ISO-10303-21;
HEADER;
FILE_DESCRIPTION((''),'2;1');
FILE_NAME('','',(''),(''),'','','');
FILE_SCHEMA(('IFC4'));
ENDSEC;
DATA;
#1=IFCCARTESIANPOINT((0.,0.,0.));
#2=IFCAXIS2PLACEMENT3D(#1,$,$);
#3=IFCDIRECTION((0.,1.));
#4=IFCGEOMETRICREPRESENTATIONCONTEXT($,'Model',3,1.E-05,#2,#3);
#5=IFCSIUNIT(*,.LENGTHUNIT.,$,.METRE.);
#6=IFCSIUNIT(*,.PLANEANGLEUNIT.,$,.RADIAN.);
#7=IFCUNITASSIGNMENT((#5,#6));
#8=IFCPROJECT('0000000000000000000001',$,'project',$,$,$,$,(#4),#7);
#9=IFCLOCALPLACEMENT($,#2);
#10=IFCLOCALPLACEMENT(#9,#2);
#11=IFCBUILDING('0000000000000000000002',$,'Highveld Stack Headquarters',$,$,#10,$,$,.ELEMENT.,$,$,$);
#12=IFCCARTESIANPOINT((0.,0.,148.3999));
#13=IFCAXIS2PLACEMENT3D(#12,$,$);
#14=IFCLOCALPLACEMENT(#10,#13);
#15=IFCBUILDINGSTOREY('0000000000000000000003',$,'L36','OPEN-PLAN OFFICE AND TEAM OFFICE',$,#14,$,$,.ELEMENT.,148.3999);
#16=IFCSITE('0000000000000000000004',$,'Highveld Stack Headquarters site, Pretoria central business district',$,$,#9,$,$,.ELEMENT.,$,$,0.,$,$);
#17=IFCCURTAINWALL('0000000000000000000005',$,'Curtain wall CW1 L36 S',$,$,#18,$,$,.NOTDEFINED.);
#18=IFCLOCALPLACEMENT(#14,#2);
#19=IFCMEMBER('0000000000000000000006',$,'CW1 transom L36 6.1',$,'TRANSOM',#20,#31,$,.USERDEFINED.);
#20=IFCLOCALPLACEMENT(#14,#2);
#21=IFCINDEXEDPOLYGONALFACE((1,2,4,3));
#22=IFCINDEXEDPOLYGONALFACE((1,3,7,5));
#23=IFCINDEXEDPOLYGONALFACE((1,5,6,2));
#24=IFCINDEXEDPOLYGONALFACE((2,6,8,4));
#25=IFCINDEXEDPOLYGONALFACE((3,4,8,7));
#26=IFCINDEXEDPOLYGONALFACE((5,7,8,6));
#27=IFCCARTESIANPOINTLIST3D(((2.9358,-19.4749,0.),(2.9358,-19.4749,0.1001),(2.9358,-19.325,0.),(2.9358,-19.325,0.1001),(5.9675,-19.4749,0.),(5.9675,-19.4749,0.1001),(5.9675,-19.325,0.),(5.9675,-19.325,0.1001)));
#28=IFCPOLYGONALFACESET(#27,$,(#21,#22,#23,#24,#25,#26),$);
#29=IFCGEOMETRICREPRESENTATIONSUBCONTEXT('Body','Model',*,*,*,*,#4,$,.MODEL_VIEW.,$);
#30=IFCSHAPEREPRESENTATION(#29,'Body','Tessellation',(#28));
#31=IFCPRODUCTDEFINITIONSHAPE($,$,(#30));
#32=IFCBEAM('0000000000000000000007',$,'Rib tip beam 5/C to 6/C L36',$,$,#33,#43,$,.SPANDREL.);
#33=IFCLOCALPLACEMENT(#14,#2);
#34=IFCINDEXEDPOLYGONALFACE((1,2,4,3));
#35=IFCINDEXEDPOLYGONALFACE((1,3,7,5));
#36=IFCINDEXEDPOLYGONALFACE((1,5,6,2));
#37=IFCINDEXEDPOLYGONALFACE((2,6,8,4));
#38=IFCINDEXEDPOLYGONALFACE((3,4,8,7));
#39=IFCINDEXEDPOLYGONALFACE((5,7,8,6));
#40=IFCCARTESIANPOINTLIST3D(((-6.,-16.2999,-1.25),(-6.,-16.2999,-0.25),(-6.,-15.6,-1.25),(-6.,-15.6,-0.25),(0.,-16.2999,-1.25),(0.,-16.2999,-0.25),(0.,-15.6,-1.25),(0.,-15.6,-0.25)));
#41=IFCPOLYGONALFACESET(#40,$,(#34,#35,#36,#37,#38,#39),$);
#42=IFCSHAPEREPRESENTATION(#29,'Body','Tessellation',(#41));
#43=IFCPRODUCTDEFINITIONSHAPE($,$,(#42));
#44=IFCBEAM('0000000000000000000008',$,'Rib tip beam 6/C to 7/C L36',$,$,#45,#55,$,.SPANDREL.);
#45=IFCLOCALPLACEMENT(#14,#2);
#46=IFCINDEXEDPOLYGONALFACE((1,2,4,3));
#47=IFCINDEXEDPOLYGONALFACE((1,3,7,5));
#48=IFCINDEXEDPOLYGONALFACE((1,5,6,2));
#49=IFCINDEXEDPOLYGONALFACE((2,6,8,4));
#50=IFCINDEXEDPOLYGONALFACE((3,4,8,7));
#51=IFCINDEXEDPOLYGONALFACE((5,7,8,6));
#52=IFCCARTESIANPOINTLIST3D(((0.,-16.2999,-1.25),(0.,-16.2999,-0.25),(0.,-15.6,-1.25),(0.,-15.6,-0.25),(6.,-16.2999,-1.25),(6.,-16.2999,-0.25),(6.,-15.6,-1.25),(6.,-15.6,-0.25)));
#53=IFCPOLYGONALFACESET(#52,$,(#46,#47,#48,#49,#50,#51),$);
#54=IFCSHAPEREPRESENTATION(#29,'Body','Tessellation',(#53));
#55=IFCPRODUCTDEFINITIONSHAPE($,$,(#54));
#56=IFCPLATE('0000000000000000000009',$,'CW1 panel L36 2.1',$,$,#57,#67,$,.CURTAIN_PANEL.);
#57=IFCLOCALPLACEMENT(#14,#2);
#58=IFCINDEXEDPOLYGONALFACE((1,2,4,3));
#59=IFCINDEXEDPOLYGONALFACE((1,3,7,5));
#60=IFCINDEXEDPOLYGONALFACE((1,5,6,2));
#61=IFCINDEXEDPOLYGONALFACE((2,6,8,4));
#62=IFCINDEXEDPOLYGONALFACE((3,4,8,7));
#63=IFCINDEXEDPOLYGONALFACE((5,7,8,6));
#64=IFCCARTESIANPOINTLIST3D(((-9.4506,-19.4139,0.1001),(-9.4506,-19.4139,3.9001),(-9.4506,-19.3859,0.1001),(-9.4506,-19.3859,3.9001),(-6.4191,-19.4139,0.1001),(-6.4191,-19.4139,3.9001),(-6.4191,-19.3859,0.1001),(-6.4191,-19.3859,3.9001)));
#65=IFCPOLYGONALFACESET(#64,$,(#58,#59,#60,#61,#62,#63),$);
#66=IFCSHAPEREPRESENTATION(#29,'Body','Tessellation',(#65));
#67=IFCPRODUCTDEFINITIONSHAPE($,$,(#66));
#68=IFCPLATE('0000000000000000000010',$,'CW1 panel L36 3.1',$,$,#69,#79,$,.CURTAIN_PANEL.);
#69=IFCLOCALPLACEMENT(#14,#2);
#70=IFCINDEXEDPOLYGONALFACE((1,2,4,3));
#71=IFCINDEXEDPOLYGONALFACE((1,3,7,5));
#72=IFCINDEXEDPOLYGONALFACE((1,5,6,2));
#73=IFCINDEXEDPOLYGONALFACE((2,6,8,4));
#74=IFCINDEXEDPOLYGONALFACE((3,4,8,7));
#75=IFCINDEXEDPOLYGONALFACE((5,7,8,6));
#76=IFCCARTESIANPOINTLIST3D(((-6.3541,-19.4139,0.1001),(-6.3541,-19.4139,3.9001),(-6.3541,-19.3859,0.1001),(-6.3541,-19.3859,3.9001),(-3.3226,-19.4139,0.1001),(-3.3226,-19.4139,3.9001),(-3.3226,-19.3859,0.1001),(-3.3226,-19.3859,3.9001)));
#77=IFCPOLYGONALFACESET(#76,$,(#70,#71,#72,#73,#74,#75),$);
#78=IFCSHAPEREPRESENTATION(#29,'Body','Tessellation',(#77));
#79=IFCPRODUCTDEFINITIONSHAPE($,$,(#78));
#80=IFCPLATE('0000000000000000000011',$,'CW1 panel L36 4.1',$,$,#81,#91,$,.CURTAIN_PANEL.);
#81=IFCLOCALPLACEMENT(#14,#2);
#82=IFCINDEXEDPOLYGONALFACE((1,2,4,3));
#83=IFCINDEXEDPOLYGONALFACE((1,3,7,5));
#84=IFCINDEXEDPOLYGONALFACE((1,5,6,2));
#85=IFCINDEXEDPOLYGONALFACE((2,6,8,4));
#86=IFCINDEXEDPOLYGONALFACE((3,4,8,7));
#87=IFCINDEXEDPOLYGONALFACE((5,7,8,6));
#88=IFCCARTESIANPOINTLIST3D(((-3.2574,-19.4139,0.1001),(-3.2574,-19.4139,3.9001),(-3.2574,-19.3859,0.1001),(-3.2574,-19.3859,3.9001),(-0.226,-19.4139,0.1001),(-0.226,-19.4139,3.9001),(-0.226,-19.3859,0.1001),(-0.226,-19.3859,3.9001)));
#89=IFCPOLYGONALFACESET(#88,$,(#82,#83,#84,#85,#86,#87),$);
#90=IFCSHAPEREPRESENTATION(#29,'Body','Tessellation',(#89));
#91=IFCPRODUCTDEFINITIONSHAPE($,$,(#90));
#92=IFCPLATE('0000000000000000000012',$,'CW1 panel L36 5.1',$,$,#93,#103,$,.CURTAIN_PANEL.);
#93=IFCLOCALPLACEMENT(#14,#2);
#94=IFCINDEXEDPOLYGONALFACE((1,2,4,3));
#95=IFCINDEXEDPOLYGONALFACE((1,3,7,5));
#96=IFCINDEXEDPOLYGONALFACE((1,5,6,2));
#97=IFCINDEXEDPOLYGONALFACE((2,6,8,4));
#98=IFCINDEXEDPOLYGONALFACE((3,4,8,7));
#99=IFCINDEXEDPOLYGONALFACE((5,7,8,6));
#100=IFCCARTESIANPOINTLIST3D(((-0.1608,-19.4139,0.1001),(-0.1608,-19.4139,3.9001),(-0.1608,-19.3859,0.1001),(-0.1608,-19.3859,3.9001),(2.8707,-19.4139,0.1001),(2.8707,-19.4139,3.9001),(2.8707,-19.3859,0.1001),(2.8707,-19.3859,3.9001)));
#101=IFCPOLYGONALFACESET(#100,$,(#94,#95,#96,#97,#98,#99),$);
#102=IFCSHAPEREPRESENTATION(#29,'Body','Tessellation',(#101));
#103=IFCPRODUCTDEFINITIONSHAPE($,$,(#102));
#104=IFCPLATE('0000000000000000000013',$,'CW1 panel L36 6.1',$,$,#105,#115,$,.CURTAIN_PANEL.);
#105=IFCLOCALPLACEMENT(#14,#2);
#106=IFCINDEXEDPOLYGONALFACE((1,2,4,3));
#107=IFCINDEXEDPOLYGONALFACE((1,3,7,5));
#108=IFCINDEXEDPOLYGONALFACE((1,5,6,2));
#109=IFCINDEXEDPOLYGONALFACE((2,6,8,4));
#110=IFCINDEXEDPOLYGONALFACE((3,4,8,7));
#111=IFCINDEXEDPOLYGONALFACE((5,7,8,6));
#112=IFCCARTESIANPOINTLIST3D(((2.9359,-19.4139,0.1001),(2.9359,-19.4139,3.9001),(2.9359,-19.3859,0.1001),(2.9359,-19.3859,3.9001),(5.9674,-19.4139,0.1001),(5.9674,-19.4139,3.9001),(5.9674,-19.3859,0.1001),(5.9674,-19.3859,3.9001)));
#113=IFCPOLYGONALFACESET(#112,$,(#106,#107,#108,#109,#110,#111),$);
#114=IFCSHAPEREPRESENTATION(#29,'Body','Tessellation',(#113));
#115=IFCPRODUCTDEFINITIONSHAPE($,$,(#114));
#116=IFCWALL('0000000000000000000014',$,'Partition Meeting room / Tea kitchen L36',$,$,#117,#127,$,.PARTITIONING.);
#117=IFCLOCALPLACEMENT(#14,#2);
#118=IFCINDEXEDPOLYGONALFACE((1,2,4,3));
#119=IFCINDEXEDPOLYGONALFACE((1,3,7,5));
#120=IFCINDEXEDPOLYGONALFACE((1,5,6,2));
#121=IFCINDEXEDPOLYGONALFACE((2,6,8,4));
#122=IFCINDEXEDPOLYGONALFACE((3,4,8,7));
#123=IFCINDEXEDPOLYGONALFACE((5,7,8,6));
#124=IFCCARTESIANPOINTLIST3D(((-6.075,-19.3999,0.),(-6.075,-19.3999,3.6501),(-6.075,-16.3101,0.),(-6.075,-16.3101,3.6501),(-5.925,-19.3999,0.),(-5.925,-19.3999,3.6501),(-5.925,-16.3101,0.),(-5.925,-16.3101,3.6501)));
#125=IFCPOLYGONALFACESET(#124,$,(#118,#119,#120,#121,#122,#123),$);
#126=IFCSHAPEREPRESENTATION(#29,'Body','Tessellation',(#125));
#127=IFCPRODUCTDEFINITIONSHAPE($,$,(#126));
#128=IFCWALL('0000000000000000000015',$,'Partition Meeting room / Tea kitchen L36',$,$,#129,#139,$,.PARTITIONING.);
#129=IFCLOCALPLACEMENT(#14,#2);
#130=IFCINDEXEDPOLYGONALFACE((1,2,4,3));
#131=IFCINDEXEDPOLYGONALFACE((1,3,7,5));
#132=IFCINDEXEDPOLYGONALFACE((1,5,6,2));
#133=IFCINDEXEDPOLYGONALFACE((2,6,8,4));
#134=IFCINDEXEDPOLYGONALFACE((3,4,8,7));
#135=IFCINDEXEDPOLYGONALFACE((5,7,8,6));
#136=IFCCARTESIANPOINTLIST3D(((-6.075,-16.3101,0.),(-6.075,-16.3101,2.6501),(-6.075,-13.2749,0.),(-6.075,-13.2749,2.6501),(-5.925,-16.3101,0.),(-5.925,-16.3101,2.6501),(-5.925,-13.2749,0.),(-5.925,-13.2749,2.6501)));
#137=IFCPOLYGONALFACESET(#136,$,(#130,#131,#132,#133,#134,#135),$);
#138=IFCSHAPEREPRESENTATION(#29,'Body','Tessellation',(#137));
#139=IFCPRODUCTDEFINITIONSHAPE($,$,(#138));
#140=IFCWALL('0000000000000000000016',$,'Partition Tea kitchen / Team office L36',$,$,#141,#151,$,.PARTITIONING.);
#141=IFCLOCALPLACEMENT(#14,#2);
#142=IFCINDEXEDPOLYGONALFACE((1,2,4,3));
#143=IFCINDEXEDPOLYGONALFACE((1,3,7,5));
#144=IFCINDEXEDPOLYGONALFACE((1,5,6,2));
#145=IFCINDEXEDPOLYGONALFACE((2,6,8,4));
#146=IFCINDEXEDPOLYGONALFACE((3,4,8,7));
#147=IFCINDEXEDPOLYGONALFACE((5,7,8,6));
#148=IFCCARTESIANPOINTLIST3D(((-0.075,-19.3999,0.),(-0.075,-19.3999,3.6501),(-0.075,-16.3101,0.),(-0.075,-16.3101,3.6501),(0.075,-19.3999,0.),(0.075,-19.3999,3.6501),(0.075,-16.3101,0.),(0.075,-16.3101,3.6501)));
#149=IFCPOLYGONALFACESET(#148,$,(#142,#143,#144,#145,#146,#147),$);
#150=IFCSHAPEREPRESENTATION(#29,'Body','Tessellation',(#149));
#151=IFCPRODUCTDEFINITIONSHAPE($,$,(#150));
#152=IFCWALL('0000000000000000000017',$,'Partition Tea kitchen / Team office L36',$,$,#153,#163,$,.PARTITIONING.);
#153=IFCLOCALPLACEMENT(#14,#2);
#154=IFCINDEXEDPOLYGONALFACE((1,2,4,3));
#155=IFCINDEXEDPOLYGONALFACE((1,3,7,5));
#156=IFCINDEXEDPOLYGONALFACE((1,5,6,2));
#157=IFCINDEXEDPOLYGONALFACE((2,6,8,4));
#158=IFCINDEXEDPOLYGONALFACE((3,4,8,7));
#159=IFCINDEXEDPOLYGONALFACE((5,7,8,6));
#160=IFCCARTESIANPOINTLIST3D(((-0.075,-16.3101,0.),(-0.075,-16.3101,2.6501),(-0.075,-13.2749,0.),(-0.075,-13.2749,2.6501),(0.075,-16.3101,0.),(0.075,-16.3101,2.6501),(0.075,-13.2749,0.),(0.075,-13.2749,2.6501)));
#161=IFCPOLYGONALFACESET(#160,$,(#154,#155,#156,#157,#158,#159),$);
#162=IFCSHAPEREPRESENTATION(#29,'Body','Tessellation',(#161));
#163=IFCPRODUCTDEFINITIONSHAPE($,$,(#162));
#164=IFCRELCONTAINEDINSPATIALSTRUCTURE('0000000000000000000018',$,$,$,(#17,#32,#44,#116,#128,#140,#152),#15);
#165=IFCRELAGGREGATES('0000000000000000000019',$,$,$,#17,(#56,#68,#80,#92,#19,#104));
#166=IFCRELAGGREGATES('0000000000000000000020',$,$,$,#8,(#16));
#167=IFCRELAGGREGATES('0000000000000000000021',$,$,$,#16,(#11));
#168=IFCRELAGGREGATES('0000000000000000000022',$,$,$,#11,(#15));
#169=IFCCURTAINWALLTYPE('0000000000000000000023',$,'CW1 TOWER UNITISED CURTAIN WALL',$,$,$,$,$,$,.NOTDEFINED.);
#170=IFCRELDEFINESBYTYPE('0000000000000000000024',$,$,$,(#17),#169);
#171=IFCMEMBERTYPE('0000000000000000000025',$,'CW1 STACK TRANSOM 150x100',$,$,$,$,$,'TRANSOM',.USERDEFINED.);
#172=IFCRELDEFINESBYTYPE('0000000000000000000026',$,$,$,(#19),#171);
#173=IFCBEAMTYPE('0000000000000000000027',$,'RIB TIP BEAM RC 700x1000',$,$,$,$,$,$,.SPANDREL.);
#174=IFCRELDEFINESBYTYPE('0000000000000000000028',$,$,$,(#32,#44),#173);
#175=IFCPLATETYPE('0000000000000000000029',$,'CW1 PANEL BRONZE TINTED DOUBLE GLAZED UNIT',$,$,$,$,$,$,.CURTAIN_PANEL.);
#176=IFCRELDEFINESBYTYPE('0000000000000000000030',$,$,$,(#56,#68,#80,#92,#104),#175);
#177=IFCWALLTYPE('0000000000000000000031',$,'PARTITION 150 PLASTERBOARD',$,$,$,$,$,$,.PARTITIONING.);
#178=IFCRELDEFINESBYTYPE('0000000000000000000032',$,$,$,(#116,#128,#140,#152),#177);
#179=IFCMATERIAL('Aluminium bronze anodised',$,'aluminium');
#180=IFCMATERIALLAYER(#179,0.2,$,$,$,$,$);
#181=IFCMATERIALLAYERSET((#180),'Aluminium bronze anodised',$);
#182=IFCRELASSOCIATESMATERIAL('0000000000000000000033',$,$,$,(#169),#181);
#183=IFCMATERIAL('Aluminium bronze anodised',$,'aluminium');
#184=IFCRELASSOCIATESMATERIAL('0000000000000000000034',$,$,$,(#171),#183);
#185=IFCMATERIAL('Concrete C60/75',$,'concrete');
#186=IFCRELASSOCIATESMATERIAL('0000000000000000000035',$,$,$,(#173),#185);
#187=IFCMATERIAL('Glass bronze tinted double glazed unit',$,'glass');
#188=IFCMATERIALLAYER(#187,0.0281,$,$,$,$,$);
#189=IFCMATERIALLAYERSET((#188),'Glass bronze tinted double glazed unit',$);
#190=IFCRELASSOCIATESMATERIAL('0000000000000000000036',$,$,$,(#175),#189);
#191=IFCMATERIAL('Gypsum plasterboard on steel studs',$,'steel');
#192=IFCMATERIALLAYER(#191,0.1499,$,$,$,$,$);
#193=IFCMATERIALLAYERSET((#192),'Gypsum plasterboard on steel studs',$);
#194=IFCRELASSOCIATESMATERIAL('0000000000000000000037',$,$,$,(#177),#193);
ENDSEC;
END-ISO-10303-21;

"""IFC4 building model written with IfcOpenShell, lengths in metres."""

from ifc_helpers import new_model, si_unit, direction, frame, frame_2d, origin, origin_2d, place, context, subcontext, project, spatial, rectangle, extrude, material, layer, layer_set, material_profile, profile_set, type_object, element, aggregate, save


model = new_model("IFC4")

# Units and contexts
model_context = context("Model", 3, precision=1e-05, world=origin(), true_north=direction((0.0, 1.0)))
body_context = subcontext(model_context, "Body", "Model", "MODEL_VIEW")
ifc_project = project(units=[si_unit("LENGTHUNIT", "METRE"), si_unit("PLANEANGLEUNIT", "RADIAN")], contexts=[model_context])

# Site, building, storey
site_placement = place(None, origin())
site = spatial("IfcSite", under=ifc_project, at=site_placement, Name="Highveld Stack Headquarters site, Pretoria central business district", CompositionType="ELEMENT", RefElevation=0.0)
building_placement = place(site_placement, origin())
building = spatial("IfcBuilding", under=site, at=building_placement, Name="Highveld Stack Headquarters", CompositionType="ELEMENT")
storey_placement = place(building_placement, frame((0.0, 0.0, 148.3999)))
storey = spatial("IfcBuildingStorey", under=building, at=storey_placement, Name="L36", Description="OPEN-PLAN OFFICE AND TEAM OFFICE", CompositionType="ELEMENT", Elevation=148.3999)

# Curtain wall, member
ifc_material_1 = material(Name="Aluminium bronze anodised", Category="aluminium")
ifc_layer_1 = layer(ifc_material_1, 0.2)
ifc_layer_set_1 = layer_set([ifc_layer_1], Name="Aluminium bronze anodised")
curtain_wall_type = type_object("IfcCurtainWallType", Name="CW1 TOWER UNITISED CURTAIN WALL", PredefinedType="NOTDEFINED", material=ifc_layer_set_1)
curtain_wall_placement = place(storey_placement, origin())
curtain_wall = element("IfcCurtainWall", 1, at=curtain_wall_placement, inside=storey, type_object=curtain_wall_type, Name="Curtain wall CW1 L36 S", PredefinedType="NOTDEFINED")
ifc_material_2 = material(Name="Aluminium bronze anodised", Category="aluminium")
ifc_material_profile_1 = material_profile(ifc_material_2, rectangle(XDim=0.1499, YDim=0.1001, at=origin_2d()), Name="CW1 TRANSOM 150x100")
ifc_profile_set_1 = profile_set([ifc_material_profile_1], Name="Aluminium bronze anodised")
member_type_1 = type_object("IfcMemberType", Name="CW1 STACK TRANSOM 150x100", ElementType="TRANSOM", PredefinedType="USERDEFINED", material=ifc_profile_set_1)
member_1_placement = place(storey_placement, frame((2.9358, -19.3999, 0.05), z_axis=(1.0, 0.0, 0.0), x_axis=(0.0, 1.0, 0.0)))
member_1 = element("IfcMember", 2, at=member_1_placement, type_object=member_type_1, Name="CW1 transom L36 6.1", ObjectType="TRANSOM", PredefinedType="USERDEFINED", context=body_context, shape_type="SweptSolid", body=[
    extrude(rectangle(XDim=0.1499, YDim=0.1001, at=origin_2d()), origin(), (0.0, 0.0, 1.0), 3.0317),
])

# Beams
ifc_material_3 = material(Name="Concrete C60/75", Category="concrete")
ifc_material_profile_2 = material_profile(ifc_material_3, rectangle(XDim=0.7, YDim=1.0, at=origin_2d()), Name="RC 700x1000")
ifc_profile_set_2 = profile_set([ifc_material_profile_2], Name="Concrete C60/75")
beam_type = type_object("IfcBeamType", Name="RIB TIP BEAM RC 700x1000", PredefinedType="SPANDREL", material=ifc_profile_set_2)
for number, where, z_axis, x_axis, name in (
    (3, (-6.0, -15.95, -0.75), (1.0, 0.0, 0.0), (0.0, 1.0, 0.0), "Rib tip beam 5/C to 6/C L36"),
    (4, (0.0, -15.95, -0.75), (1.0, 0.0, 0.0), (0.0, 1.0, 0.0), "Rib tip beam 6/C to 7/C L36"),
):
    element("IfcBeam", number, at=place(storey_placement, frame(where, z_axis=z_axis, x_axis=x_axis)), inside=storey, type_object=beam_type, Name=name, PredefinedType="SPANDREL", context=body_context, shape_type="SweptSolid", body=[
        extrude(rectangle(XDim=0.7, YDim=1.0, at=origin_2d()), origin(), (0.0, 0.0, 1.0), 6.0),
    ])

# Plates
ifc_material_4 = material(Name="Glass bronze tinted double glazed unit", Category="glass")
ifc_layer_2 = layer(ifc_material_4, 0.0281)
ifc_layer_set_2 = layer_set([ifc_layer_2], Name="Glass bronze tinted double glazed unit")
plate_type = type_object("IfcPlateType", Name="CW1 PANEL BRONZE TINTED DOUBLE GLAZED UNIT", PredefinedType="CURTAIN_PANEL", material=ifc_layer_set_2)
plate_1_placement = place(storey_placement, frame((-7.9348, -19.3999, 0.1001), z_axis=(0.0, 0.0, 1.0), x_axis=(1.0, 0.0, 0.0)))
plate_1 = element("IfcPlate", 5, at=plate_1_placement, type_object=plate_type, Name="CW1 panel L36 2.1", PredefinedType="CURTAIN_PANEL", context=body_context, shape_type="SweptSolid", body=[
    extrude(rectangle(XDim=3.0315, YDim=0.0281, at=origin_2d()), origin(), (0.0, 0.0, 1.0), 3.8),
])
plate_2_placement = place(storey_placement, frame((-4.8384, -19.3999, 0.1001), z_axis=(0.0, 0.0, 1.0), x_axis=(1.0, 0.0, 0.0)))
plate_2 = element("IfcPlate", 6, at=plate_2_placement, type_object=plate_type, Name="CW1 panel L36 3.1", PredefinedType="CURTAIN_PANEL", context=body_context, shape_type="SweptSolid", body=[
    extrude(rectangle(XDim=3.0315, YDim=0.0281, at=origin_2d()), origin(), (0.0, 0.0, 1.0), 3.8),
])
plate_3_placement = place(storey_placement, frame((-1.7417, -19.3999, 0.1001), z_axis=(0.0, 0.0, 1.0), x_axis=(1.0, 0.0, 0.0)))
plate_3 = element("IfcPlate", 7, at=plate_3_placement, type_object=plate_type, Name="CW1 panel L36 4.1", PredefinedType="CURTAIN_PANEL", context=body_context, shape_type="SweptSolid", body=[
    extrude(rectangle(XDim=3.0315, YDim=0.0281, at=origin_2d()), origin(), (0.0, 0.0, 1.0), 3.8),
])
plate_4_placement = place(storey_placement, frame((1.355, -19.3999, 0.1001), z_axis=(0.0, 0.0, 1.0), x_axis=(1.0, 0.0, 0.0)))
plate_4 = element("IfcPlate", 8, at=plate_4_placement, type_object=plate_type, Name="CW1 panel L36 5.1", PredefinedType="CURTAIN_PANEL", context=body_context, shape_type="SweptSolid", body=[
    extrude(rectangle(XDim=3.0315, YDim=0.0281, at=origin_2d()), origin(), (0.0, 0.0, 1.0), 3.8),
])
plate_5_placement = place(storey_placement, frame((4.4517, -19.3999, 0.1001), z_axis=(0.0, 0.0, 1.0), x_axis=(1.0, 0.0, 0.0)))
plate_5 = element("IfcPlate", 9, at=plate_5_placement, type_object=plate_type, Name="CW1 panel L36 6.1", PredefinedType="CURTAIN_PANEL", context=body_context, shape_type="SweptSolid", body=[
    extrude(rectangle(XDim=3.0315, YDim=0.0281, at=origin_2d()), origin(), (0.0, 0.0, 1.0), 3.8),
])
aggregate(curtain_wall, [plate_1, plate_2, plate_3, plate_4, member_1, plate_5])

# Walls
ifc_material_5 = material(Name="Gypsum plasterboard on steel studs", Category="steel")
ifc_layer_3 = layer(ifc_material_5, 0.1499)
ifc_layer_set_3 = layer_set([ifc_layer_3], Name="Gypsum plasterboard on steel studs")
wall_type = type_object("IfcWallType", Name="PARTITION 150 PLASTERBOARD", PredefinedType="PARTITIONING", material=ifc_layer_set_3)
wall_1_placement = place(storey_placement, frame((-6.0, -19.3999, 0.0), z_axis=(0.0, 0.0, 1.0), x_axis=(0.0, 1.0, 0.0)))
element("IfcWall", 10, at=wall_1_placement, inside=storey, type_object=wall_type, Name="Partition Meeting room / Tea kitchen L36", PredefinedType="PARTITIONING", context=body_context, shape_type="SweptSolid", body=[
    extrude(rectangle(XDim=3.0898, YDim=0.1499, at=frame_2d((1.5449, 0.0))), origin(), (0.0, 0.0, 1.0), 3.6501),
])
wall_2_placement = place(storey_placement, frame((-6.0, -16.3101, 0.0), z_axis=(0.0, 0.0, 1.0), x_axis=(0.0, 1.0, 0.0)))
element("IfcWall", 11, at=wall_2_placement, inside=storey, type_object=wall_type, Name="Partition Meeting room / Tea kitchen L36", PredefinedType="PARTITIONING", context=body_context, shape_type="SweptSolid", body=[
    extrude(rectangle(XDim=3.0352, YDim=0.1499, at=frame_2d((1.5176, 0.0))), origin(), (0.0, 0.0, 1.0), 2.6501),
])
wall_3_placement = place(storey_placement, frame((0.0, -19.3999, 0.0), z_axis=(0.0, 0.0, 1.0), x_axis=(0.0, 1.0, 0.0)))
element("IfcWall", 12, at=wall_3_placement, inside=storey, type_object=wall_type, Name="Partition Tea kitchen / Team office L36", PredefinedType="PARTITIONING", context=body_context, shape_type="SweptSolid", body=[
    extrude(rectangle(XDim=3.0898, YDim=0.1499, at=frame_2d((1.5449, 0.0))), origin(), (0.0, 0.0, 1.0), 3.6501),
])
wall_4_placement = place(storey_placement, frame((0.0, -16.3101, 0.0), z_axis=(0.0, 0.0, 1.0), x_axis=(0.0, 1.0, 0.0)))
element("IfcWall", 13, at=wall_4_placement, inside=storey, type_object=wall_type, Name="Partition Tea kitchen / Team office L36", PredefinedType="PARTITIONING", context=body_context, shape_type="SweptSolid", body=[
    extrude(rectangle(XDim=3.0352, YDim=0.1499, at=frame_2d((1.5176, 0.0))), origin(), (0.0, 0.0, 1.0), 2.6501),
])

save(model, "model.ifc")
